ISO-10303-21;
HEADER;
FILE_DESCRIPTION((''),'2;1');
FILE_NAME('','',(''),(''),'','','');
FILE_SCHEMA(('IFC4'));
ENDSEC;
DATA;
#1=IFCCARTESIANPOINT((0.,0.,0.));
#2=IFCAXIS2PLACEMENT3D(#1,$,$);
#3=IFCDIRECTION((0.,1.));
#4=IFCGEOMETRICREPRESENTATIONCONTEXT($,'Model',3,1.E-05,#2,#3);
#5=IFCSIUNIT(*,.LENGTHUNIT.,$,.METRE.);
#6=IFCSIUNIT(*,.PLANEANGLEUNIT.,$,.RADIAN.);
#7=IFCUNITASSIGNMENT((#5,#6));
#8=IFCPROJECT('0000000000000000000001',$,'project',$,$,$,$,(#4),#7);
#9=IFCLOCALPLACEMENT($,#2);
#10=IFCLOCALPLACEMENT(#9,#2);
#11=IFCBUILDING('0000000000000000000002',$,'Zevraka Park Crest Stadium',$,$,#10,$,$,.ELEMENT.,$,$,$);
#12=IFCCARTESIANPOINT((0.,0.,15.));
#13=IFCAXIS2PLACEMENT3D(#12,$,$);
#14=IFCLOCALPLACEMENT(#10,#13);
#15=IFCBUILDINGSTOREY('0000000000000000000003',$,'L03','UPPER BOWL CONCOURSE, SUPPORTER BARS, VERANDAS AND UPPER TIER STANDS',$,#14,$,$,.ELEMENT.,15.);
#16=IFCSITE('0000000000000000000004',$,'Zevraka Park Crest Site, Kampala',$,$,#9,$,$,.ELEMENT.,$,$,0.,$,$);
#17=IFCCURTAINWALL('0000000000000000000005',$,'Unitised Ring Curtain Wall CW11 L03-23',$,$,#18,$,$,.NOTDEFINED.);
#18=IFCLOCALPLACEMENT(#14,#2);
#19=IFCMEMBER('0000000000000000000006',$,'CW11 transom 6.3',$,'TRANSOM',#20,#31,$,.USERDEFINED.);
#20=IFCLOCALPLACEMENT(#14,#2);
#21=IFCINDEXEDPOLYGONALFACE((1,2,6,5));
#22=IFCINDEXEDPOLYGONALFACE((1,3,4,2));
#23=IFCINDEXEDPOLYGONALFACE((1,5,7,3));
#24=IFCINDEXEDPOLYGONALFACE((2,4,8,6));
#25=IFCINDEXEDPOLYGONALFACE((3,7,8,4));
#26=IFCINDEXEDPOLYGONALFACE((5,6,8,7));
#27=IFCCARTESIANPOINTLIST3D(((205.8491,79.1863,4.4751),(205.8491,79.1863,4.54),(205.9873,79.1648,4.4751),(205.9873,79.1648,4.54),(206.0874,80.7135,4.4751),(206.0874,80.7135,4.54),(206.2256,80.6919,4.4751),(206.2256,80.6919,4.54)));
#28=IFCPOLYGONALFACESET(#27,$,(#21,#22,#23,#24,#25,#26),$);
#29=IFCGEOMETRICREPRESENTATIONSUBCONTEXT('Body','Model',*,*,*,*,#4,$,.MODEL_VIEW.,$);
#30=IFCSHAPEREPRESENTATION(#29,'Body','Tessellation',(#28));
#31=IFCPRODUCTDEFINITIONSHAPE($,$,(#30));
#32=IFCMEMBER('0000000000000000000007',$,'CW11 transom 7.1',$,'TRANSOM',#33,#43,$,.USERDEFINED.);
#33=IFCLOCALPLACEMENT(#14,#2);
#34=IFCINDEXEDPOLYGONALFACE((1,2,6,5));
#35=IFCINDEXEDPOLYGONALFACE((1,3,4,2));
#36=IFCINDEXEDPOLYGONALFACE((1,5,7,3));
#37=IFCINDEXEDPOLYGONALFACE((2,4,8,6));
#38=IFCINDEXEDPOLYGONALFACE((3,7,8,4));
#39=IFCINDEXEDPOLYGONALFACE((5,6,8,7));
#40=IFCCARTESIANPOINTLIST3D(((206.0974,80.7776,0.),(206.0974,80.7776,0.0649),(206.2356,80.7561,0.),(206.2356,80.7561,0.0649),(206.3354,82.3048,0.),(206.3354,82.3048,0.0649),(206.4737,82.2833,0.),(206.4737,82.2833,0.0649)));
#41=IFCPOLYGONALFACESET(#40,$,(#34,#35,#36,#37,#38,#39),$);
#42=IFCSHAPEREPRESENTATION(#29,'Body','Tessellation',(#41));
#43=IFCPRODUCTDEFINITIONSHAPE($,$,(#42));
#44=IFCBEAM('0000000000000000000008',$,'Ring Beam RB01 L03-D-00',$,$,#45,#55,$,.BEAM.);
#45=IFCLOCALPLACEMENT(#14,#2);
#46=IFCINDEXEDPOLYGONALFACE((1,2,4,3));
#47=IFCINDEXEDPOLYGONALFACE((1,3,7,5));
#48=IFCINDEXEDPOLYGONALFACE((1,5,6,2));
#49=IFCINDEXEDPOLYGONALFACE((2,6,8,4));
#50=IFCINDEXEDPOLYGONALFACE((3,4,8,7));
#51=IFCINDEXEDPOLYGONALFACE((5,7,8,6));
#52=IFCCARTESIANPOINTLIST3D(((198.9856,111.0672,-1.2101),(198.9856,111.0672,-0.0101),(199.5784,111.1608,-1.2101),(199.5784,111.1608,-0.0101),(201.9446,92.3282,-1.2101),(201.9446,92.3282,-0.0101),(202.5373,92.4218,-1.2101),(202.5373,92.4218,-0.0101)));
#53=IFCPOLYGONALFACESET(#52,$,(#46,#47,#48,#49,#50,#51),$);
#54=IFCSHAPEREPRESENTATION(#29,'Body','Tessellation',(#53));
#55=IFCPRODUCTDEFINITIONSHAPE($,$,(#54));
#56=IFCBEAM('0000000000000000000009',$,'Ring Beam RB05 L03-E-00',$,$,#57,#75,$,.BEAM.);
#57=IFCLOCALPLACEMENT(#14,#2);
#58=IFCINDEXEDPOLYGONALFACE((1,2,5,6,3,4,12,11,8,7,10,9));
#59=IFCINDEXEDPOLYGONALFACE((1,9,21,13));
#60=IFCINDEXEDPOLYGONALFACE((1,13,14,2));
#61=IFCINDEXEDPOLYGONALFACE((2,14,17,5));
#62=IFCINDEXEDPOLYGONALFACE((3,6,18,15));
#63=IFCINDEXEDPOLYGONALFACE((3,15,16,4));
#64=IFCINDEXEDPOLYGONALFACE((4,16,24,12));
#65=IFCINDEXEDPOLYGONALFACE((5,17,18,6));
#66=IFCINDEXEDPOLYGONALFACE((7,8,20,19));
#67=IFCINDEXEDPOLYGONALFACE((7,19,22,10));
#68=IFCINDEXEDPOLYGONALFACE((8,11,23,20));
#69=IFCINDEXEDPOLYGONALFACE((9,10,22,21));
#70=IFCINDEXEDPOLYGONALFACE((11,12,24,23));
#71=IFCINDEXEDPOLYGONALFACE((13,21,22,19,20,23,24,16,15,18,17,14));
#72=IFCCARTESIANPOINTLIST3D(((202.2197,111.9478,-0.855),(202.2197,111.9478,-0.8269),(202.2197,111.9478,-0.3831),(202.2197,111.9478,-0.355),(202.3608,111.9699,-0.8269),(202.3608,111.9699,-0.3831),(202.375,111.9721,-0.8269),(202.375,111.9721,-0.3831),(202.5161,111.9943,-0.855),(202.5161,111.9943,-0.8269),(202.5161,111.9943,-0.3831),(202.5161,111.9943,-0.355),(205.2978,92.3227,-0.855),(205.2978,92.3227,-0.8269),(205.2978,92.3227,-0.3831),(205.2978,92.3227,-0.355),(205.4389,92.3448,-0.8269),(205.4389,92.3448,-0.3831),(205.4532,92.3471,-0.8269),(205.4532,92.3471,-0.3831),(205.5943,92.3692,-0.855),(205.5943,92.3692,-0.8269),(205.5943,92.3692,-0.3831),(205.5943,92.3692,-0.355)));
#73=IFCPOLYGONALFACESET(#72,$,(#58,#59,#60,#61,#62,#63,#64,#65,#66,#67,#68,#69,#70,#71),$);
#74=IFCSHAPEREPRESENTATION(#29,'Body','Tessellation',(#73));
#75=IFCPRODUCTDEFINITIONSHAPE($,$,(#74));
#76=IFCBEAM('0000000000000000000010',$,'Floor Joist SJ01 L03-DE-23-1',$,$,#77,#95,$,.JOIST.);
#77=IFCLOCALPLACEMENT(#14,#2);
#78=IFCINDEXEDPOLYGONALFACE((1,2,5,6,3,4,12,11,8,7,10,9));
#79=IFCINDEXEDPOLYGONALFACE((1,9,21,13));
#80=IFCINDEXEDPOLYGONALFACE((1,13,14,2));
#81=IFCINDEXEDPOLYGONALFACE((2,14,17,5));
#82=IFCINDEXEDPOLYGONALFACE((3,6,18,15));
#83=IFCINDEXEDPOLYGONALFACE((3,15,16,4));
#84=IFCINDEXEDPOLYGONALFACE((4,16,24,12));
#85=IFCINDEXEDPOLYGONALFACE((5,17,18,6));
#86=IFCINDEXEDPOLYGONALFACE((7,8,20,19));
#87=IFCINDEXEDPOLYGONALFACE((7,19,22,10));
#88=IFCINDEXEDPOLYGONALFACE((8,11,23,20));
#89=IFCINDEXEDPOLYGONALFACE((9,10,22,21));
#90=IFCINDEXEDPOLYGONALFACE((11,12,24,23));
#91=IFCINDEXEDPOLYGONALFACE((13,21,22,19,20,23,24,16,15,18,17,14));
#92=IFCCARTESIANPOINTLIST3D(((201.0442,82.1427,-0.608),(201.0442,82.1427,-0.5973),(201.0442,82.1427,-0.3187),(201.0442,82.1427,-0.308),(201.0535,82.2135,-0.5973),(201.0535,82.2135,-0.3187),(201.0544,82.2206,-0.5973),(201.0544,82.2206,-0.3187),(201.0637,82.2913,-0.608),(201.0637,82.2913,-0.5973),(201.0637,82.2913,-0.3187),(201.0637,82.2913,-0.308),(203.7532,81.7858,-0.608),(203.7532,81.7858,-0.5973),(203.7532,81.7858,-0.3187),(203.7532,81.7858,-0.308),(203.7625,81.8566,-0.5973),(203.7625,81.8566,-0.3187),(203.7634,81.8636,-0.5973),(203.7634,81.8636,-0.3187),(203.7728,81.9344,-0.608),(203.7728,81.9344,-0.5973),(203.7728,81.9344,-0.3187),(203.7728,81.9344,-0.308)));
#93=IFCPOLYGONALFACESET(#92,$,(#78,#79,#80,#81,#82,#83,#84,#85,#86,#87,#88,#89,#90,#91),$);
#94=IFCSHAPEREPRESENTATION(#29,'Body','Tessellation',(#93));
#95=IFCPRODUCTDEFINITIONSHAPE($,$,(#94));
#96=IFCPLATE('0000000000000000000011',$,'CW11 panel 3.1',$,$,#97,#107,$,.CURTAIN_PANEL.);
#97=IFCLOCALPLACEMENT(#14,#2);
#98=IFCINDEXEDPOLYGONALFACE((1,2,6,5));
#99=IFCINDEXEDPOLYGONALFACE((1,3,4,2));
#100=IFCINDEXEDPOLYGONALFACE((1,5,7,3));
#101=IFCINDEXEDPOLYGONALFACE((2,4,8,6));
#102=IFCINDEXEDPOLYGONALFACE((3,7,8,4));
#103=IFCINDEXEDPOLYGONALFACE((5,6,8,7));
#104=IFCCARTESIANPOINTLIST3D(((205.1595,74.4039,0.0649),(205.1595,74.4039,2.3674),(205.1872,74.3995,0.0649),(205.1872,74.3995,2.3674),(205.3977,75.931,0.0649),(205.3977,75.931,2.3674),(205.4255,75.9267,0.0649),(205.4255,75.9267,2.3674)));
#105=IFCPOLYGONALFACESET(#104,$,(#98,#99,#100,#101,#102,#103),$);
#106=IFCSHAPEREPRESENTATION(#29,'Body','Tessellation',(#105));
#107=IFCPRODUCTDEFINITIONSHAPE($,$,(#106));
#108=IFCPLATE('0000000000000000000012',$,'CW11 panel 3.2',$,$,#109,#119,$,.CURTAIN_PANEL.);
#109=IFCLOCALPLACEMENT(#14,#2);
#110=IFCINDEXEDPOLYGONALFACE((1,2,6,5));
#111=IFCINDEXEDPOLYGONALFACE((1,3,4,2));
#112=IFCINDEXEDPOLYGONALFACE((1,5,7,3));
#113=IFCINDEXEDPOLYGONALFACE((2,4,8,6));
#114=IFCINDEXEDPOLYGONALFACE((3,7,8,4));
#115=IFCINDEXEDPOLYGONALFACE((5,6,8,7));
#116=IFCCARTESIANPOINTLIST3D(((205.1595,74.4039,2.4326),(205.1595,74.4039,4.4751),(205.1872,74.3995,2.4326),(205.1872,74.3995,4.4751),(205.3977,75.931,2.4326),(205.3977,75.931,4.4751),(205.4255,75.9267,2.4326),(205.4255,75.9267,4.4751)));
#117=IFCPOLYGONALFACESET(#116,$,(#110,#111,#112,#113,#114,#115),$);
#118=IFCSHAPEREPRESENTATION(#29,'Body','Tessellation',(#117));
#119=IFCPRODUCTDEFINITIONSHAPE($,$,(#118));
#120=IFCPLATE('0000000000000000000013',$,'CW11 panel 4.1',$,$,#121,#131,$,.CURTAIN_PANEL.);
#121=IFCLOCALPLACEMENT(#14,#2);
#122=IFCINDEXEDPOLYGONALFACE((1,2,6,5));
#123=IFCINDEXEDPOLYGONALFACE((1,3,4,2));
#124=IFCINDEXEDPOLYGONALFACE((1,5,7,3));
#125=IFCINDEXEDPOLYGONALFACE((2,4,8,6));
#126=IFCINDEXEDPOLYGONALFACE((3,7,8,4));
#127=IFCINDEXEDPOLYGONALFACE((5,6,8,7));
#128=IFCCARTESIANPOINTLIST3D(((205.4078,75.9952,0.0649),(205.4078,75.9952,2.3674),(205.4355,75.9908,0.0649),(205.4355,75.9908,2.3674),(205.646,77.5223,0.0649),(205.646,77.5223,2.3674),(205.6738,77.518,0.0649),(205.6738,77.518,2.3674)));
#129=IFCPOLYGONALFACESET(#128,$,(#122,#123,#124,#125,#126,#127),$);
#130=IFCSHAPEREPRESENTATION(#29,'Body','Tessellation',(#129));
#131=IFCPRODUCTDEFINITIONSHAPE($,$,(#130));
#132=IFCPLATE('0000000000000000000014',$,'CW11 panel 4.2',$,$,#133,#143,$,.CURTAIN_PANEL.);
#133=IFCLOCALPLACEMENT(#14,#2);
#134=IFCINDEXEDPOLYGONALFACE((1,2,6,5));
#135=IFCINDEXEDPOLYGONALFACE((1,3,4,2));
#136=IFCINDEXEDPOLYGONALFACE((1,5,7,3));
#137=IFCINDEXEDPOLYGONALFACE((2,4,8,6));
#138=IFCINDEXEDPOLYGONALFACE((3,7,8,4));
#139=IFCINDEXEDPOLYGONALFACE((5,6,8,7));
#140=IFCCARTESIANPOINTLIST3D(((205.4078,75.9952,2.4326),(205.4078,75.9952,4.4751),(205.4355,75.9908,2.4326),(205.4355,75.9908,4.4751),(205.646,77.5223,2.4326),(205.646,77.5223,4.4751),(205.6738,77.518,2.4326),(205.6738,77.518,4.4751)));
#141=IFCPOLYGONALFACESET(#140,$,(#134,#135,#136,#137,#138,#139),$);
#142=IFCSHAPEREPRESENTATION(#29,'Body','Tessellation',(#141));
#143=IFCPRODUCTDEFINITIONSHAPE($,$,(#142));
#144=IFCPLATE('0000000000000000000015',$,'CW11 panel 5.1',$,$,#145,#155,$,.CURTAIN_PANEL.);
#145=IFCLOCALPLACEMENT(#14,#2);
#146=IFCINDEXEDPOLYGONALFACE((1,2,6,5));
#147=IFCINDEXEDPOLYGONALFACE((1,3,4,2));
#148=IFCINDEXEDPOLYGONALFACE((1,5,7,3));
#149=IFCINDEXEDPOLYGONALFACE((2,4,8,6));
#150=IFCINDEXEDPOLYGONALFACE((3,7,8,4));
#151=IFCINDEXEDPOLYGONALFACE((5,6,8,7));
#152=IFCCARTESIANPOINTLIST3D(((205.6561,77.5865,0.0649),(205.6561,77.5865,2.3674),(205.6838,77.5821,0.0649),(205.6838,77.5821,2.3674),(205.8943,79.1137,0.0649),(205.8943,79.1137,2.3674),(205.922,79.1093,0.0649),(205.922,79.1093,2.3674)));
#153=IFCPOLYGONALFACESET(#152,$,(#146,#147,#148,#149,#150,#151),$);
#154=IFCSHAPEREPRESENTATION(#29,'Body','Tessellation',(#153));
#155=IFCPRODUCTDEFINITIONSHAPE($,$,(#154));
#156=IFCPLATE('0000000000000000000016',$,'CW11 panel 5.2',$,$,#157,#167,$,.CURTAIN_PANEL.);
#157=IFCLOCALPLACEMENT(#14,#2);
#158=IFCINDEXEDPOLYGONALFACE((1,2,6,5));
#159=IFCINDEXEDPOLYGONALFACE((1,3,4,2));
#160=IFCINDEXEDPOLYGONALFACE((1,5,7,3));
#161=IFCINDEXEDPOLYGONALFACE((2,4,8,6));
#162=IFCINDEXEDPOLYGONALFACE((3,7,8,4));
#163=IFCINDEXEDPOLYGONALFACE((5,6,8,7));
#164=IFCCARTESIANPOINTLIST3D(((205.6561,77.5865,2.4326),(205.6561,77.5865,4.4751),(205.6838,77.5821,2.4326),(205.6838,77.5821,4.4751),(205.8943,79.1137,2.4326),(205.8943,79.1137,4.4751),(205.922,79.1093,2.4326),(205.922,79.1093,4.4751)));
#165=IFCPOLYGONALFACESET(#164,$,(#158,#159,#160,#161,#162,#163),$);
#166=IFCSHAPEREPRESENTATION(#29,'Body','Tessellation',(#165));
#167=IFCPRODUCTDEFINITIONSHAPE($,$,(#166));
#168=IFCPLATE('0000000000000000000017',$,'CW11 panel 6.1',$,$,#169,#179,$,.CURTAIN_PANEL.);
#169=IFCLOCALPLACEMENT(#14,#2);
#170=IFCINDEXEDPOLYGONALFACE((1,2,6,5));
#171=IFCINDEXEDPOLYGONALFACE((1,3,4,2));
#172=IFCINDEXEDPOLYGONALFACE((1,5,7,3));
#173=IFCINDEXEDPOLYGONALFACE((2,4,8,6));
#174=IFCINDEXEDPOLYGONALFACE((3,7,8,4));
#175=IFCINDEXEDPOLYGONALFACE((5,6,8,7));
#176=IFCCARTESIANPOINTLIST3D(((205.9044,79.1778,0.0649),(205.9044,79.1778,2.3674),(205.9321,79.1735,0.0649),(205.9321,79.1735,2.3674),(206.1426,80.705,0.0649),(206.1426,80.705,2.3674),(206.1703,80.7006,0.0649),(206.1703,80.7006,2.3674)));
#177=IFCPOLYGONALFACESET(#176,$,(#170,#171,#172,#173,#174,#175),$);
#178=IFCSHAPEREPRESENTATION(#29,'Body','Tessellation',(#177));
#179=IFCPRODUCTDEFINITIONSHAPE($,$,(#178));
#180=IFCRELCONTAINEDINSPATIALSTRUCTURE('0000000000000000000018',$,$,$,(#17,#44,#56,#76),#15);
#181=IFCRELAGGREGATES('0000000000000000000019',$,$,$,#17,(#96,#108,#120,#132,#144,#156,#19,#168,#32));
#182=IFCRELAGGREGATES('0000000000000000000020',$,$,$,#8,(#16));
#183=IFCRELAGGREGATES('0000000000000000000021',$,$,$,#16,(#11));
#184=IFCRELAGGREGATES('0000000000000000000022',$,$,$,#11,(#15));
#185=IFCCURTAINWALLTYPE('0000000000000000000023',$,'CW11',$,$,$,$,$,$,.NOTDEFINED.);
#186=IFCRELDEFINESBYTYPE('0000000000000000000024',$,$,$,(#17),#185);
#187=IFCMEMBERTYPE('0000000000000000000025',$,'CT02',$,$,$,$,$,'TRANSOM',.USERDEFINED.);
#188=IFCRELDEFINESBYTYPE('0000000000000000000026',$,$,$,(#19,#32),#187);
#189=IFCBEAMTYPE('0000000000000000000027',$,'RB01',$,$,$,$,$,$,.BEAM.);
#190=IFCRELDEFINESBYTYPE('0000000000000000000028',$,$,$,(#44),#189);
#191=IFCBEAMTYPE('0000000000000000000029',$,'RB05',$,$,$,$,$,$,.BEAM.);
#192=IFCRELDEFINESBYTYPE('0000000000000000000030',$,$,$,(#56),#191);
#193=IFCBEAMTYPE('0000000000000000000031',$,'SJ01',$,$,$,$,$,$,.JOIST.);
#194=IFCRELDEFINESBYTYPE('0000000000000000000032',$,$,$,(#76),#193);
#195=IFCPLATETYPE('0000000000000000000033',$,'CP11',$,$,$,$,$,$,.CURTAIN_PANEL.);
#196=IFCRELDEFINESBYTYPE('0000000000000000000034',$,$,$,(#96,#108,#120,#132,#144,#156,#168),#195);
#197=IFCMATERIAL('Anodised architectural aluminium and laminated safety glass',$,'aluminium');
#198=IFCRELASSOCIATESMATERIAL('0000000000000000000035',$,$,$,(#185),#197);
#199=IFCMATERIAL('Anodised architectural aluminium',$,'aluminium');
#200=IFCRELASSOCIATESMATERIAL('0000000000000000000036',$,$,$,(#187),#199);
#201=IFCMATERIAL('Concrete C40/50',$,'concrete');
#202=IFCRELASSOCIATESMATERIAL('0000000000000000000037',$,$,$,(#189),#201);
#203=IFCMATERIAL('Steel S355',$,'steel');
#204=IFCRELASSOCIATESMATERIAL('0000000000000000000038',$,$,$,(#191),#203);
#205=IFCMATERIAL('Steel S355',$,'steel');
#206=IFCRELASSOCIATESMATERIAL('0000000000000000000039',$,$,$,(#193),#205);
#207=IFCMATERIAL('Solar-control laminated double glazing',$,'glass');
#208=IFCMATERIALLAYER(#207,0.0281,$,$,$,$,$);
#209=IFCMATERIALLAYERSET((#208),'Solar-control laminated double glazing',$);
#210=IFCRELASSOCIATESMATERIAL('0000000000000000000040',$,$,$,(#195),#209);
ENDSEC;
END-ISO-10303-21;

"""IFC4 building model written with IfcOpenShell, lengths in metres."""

from ifc_helpers import new_model, si_unit, direction, frame, origin, origin_2d, place, context, subcontext, project, spatial, rectangle, i_section, extrude, material, layer, layer_set, material_profile, profile_set, type_object, element, aggregate, save


model = new_model("IFC4")

# Units and contexts
model_context = context("Model", 3, precision=1e-05, world=origin(), true_north=direction((0.0, 1.0)))
body_context = subcontext(model_context, "Body", "Model", "MODEL_VIEW")
ifc_project = project(units=[si_unit("LENGTHUNIT", "METRE"), si_unit("PLANEANGLEUNIT", "RADIAN")], contexts=[model_context])

# Site, building, storey
site_placement = place(None, origin())
site = spatial("IfcSite", under=ifc_project, at=site_placement, Name="Zevraka Park Crest Site, Kampala", CompositionType="ELEMENT", RefElevation=0.0)
building_placement = place(site_placement, origin())
building = spatial("IfcBuilding", under=site, at=building_placement, Name="Zevraka Park Crest Stadium", CompositionType="ELEMENT")
storey_placement = place(building_placement, frame((0.0, 0.0, 15.0)))
storey = spatial("IfcBuildingStorey", under=building, at=storey_placement, Name="L03", Description="UPPER BOWL CONCOURSE, SUPPORTER BARS, VERANDAS AND UPPER TIER STANDS", CompositionType="ELEMENT", Elevation=15.0)

# Curtain wall, members
ifc_material_1 = material(Name="Anodised architectural aluminium and laminated safety glass", Category="aluminium")
curtain_wall_type = type_object("IfcCurtainWallType", Name="CW11", PredefinedType="NOTDEFINED", material=ifc_material_1)
curtain_wall_placement = place(storey_placement, origin())
curtain_wall = element("IfcCurtainWall", 1, at=curtain_wall_placement, inside=storey, type_object=curtain_wall_type, Name="Unitised Ring Curtain Wall CW11 L03-23", PredefinedType="NOTDEFINED")
ifc_material_2 = material(Name="Anodised architectural aluminium", Category="aluminium")
ifc_material_profile_1 = material_profile(ifc_material_2, rectangle(XDim=0.1399, YDim=0.0649, at=origin_2d()), Name="ALU TRANSOM 140x65")
ifc_profile_set_1 = profile_set([ifc_material_profile_1], Name="Anodised architectural aluminium")
member_type_1 = type_object("IfcMemberType", Name="CT02", ElementType="TRANSOM", PredefinedType="USERDEFINED", material=ifc_profile_set_1)
member_1_placement = place(storey_placement, frame((205.9182, 79.1755, 4.5076), z_axis=(0.15417, 0.988044, 0.0), x_axis=(-0.988044, 0.15417, 0.0)))
member_1 = element("IfcMember", 2, at=member_1_placement, type_object=member_type_1, Name="CW11 transom 6.3", ObjectType="TRANSOM", PredefinedType="USERDEFINED", context=body_context, shape_type="SweptSolid", body=[
    extrude(rectangle(XDim=0.1399, YDim=0.0649, at=origin_2d()), origin(), (0.0, 0.0, 1.0), 1.5457),
])
member_2_placement = place(storey_placement, frame((206.1665, 80.7668, 0.0325), z_axis=(0.154015, 0.988068, 0.0), x_axis=(-0.988068, 0.154015, 0.0)))
member_2 = element("IfcMember", 3, at=member_2_placement, type_object=member_type_1, Name="CW11 transom 7.1", ObjectType="TRANSOM", PredefinedType="USERDEFINED", context=body_context, shape_type="SweptSolid", body=[
    extrude(rectangle(XDim=0.1399, YDim=0.0649, at=origin_2d()), origin(), (0.0, 0.0, 1.0), 1.5457),
])

# Beams
ifc_material_3 = material(Name="Concrete C40/50", Category="concrete")
ifc_material_profile_2 = material_profile(ifc_material_3, rectangle(XDim=0.6001, YDim=1.2, at=origin_2d()), Name="RC 1200x600")
ifc_profile_set_2 = profile_set([ifc_material_profile_2], Name="Concrete C40/50")
beam_type_1 = type_object("IfcBeamType", Name="RB01", PredefinedType="BEAM", material=ifc_profile_set_2)
beam_1_placement = place(storey_placement, frame((202.241, 92.375, -0.6101), z_axis=(-0.155972, 0.987761, 0.0), x_axis=(-0.987761, -0.155972, 0.0)))
element("IfcBeam", 4, at=beam_1_placement, inside=storey, type_object=beam_type_1, Name="Ring Beam RB01 L03-D-00", PredefinedType="BEAM", context=body_context, shape_type="SweptSolid", body=[
    extrude(rectangle(XDim=0.6001, YDim=1.2, at=origin_2d()), origin(), (0.0, 0.0, 1.0), 18.9712),
])
ifc_material_4 = material(Name="Steel S355", Category="steel")
ifc_material_profile_3 = material_profile(ifc_material_4, i_section(OverallWidth=0.3, OverallDepth=0.5, WebThickness=0.0144, FlangeThickness=0.0281, at=origin_2d()), Name="HEB 500")
ifc_profile_set_3 = profile_set([ifc_material_profile_3], Name="Steel S355")
beam_type_2 = type_object("IfcBeamType", Name="RB05", PredefinedType="BEAM", material=ifc_profile_set_3)
beam_2_placement = place(storey_placement, frame((205.446, 92.3459, -0.605), z_axis=(-0.154953, 0.987922, 0.0), x_axis=(-0.987922, -0.154953, 0.0)))
element("IfcBeam", 5, at=beam_2_placement, inside=storey, type_object=beam_type_2, Name="Ring Beam RB05 L03-E-00", PredefinedType="BEAM", context=body_context, shape_type="SweptSolid", body=[
    extrude(i_section(OverallWidth=0.3, OverallDepth=0.5, WebThickness=0.0144, FlangeThickness=0.0281, at=origin_2d()), origin(), (0.0, 0.0, 1.0), 19.865),
])
ifc_material_5 = material(Name="Steel S355", Category="steel")
ifc_material_profile_4 = material_profile(ifc_material_5, i_section(OverallWidth=0.1499, OverallDepth=0.3, WebThickness=0.0071, FlangeThickness=0.0107, at=origin_2d()), Name="IPE 300")
ifc_profile_set_4 = profile_set([ifc_material_profile_4], Name="Steel S355")
beam_type_3 = type_object("IfcBeamType", Name="SJ01", PredefinedType="JOIST", material=ifc_profile_set_4)
beam_3_placement = place(storey_placement, frame((201.054, 82.217, -0.458), z_axis=(0.991431, -0.13063, 0.0), x_axis=(0.13063, 0.991431, 0.0)))
element("IfcBeam", 6, at=beam_3_placement, inside=storey, type_object=beam_type_3, Name="Floor Joist SJ01 L03-DE-23-1", PredefinedType="JOIST", context=body_context, shape_type="SweptSolid", body=[
    extrude(i_section(OverallWidth=0.1499, OverallDepth=0.3, WebThickness=0.0071, FlangeThickness=0.0107, at=origin_2d()), origin(), (0.0, 0.0, 1.0), 2.7324),
])

# Plates
ifc_material_6 = material(Name="Solar-control laminated double glazing", Category="glass")
ifc_layer_1 = layer(ifc_material_6, 0.0281)
ifc_layer_set_1 = layer_set([ifc_layer_1], Name="Solar-control laminated double glazing")
plate_type = type_object("IfcPlateType", Name="CP11", PredefinedType="CURTAIN_PANEL", material=ifc_layer_set_1)
plate_1_placement = place(storey_placement, frame((205.2925, 75.1653, 0.0649), z_axis=(0.0, 0.0, 1.0), x_axis=(0.154128, 0.988051, 0.0)))
plate_1 = element("IfcPlate", 7, at=plate_1_placement, type_object=plate_type, Name="CW11 panel 3.1", PredefinedType="CURTAIN_PANEL", context=body_context, shape_type="SweptSolid", body=[
    extrude(rectangle(XDim=1.5457, YDim=0.0281, at=origin_2d()), origin(), (0.0, 0.0, 1.0), 2.3025),
])
plate_2_placement = place(storey_placement, frame((205.2925, 75.1653, 2.4326), z_axis=(0.0, 0.0, 1.0), x_axis=(0.154128, 0.988051, 0.0)))
plate_2 = element("IfcPlate", 8, at=plate_2_placement, type_object=plate_type, Name="CW11 panel 3.2", PredefinedType="CURTAIN_PANEL", context=body_context, shape_type="SweptSolid", body=[
    extrude(rectangle(XDim=1.5457, YDim=0.0281, at=origin_2d()), origin(), (0.0, 0.0, 1.0), 2.0425),
])
plate_3_placement = place(storey_placement, frame((205.5408, 76.7566, 0.0649), z_axis=(0.0, 0.0, 1.0), x_axis=(0.154128, 0.988051, 0.0)))
plate_3 = element("IfcPlate", 9, at=plate_3_placement, type_object=plate_type, Name="CW11 panel 4.1", PredefinedType="CURTAIN_PANEL", context=body_context, shape_type="SweptSolid", body=[
    extrude(rectangle(XDim=1.5457, YDim=0.0281, at=origin_2d()), origin(), (0.0, 0.0, 1.0), 2.3025),
])
plate_4_placement = place(storey_placement, frame((205.5408, 76.7566, 2.4326), z_axis=(0.0, 0.0, 1.0), x_axis=(0.154128, 0.988051, 0.0)))
plate_4 = element("IfcPlate", 10, at=plate_4_placement, type_object=plate_type, Name="CW11 panel 4.2", PredefinedType="CURTAIN_PANEL", context=body_context, shape_type="SweptSolid", body=[
    extrude(rectangle(XDim=1.5457, YDim=0.0281, at=origin_2d()), origin(), (0.0, 0.0, 1.0), 2.0425),
])
plate_5_placement = place(storey_placement, frame((205.7891, 78.3479, 0.0649), z_axis=(0.0, 0.0, 1.0), x_axis=(0.154128, 0.988051, 0.0)))
plate_5 = element("IfcPlate", 11, at=plate_5_placement, type_object=plate_type, Name="CW11 panel 5.1", PredefinedType="CURTAIN_PANEL", context=body_context, shape_type="SweptSolid", body=[
    extrude(rectangle(XDim=1.5457, YDim=0.0281, at=origin_2d()), origin(), (0.0, 0.0, 1.0), 2.3025),
])
plate_6_placement = place(storey_placement, frame((205.7891, 78.3479, 2.4326), z_axis=(0.0, 0.0, 1.0), x_axis=(0.154128, 0.988051, 0.0)))
plate_6 = element("IfcPlate", 12, at=plate_6_placement, type_object=plate_type, Name="CW11 panel 5.2", PredefinedType="CURTAIN_PANEL", context=body_context, shape_type="SweptSolid", body=[
    extrude(rectangle(XDim=1.5457, YDim=0.0281, at=origin_2d()), origin(), (0.0, 0.0, 1.0), 2.0425),
])
plate_7_placement = place(storey_placement, frame((206.0374, 79.9392, 0.0649), z_axis=(0.0, 0.0, 1.0), x_axis=(0.154128, 0.988051, 0.0)))
plate_7 = element("IfcPlate", 13, at=plate_7_placement, type_object=plate_type, Name="CW11 panel 6.1", PredefinedType="CURTAIN_PANEL", context=body_context, shape_type="SweptSolid", body=[
    extrude(rectangle(XDim=1.5457, YDim=0.0281, at=origin_2d()), origin(), (0.0, 0.0, 1.0), 2.3025),
])
aggregate(curtain_wall, [plate_1, plate_2, plate_3, plate_4, plate_5, plate_6, member_1, plate_7, member_2])

save(model, "model.ifc")
